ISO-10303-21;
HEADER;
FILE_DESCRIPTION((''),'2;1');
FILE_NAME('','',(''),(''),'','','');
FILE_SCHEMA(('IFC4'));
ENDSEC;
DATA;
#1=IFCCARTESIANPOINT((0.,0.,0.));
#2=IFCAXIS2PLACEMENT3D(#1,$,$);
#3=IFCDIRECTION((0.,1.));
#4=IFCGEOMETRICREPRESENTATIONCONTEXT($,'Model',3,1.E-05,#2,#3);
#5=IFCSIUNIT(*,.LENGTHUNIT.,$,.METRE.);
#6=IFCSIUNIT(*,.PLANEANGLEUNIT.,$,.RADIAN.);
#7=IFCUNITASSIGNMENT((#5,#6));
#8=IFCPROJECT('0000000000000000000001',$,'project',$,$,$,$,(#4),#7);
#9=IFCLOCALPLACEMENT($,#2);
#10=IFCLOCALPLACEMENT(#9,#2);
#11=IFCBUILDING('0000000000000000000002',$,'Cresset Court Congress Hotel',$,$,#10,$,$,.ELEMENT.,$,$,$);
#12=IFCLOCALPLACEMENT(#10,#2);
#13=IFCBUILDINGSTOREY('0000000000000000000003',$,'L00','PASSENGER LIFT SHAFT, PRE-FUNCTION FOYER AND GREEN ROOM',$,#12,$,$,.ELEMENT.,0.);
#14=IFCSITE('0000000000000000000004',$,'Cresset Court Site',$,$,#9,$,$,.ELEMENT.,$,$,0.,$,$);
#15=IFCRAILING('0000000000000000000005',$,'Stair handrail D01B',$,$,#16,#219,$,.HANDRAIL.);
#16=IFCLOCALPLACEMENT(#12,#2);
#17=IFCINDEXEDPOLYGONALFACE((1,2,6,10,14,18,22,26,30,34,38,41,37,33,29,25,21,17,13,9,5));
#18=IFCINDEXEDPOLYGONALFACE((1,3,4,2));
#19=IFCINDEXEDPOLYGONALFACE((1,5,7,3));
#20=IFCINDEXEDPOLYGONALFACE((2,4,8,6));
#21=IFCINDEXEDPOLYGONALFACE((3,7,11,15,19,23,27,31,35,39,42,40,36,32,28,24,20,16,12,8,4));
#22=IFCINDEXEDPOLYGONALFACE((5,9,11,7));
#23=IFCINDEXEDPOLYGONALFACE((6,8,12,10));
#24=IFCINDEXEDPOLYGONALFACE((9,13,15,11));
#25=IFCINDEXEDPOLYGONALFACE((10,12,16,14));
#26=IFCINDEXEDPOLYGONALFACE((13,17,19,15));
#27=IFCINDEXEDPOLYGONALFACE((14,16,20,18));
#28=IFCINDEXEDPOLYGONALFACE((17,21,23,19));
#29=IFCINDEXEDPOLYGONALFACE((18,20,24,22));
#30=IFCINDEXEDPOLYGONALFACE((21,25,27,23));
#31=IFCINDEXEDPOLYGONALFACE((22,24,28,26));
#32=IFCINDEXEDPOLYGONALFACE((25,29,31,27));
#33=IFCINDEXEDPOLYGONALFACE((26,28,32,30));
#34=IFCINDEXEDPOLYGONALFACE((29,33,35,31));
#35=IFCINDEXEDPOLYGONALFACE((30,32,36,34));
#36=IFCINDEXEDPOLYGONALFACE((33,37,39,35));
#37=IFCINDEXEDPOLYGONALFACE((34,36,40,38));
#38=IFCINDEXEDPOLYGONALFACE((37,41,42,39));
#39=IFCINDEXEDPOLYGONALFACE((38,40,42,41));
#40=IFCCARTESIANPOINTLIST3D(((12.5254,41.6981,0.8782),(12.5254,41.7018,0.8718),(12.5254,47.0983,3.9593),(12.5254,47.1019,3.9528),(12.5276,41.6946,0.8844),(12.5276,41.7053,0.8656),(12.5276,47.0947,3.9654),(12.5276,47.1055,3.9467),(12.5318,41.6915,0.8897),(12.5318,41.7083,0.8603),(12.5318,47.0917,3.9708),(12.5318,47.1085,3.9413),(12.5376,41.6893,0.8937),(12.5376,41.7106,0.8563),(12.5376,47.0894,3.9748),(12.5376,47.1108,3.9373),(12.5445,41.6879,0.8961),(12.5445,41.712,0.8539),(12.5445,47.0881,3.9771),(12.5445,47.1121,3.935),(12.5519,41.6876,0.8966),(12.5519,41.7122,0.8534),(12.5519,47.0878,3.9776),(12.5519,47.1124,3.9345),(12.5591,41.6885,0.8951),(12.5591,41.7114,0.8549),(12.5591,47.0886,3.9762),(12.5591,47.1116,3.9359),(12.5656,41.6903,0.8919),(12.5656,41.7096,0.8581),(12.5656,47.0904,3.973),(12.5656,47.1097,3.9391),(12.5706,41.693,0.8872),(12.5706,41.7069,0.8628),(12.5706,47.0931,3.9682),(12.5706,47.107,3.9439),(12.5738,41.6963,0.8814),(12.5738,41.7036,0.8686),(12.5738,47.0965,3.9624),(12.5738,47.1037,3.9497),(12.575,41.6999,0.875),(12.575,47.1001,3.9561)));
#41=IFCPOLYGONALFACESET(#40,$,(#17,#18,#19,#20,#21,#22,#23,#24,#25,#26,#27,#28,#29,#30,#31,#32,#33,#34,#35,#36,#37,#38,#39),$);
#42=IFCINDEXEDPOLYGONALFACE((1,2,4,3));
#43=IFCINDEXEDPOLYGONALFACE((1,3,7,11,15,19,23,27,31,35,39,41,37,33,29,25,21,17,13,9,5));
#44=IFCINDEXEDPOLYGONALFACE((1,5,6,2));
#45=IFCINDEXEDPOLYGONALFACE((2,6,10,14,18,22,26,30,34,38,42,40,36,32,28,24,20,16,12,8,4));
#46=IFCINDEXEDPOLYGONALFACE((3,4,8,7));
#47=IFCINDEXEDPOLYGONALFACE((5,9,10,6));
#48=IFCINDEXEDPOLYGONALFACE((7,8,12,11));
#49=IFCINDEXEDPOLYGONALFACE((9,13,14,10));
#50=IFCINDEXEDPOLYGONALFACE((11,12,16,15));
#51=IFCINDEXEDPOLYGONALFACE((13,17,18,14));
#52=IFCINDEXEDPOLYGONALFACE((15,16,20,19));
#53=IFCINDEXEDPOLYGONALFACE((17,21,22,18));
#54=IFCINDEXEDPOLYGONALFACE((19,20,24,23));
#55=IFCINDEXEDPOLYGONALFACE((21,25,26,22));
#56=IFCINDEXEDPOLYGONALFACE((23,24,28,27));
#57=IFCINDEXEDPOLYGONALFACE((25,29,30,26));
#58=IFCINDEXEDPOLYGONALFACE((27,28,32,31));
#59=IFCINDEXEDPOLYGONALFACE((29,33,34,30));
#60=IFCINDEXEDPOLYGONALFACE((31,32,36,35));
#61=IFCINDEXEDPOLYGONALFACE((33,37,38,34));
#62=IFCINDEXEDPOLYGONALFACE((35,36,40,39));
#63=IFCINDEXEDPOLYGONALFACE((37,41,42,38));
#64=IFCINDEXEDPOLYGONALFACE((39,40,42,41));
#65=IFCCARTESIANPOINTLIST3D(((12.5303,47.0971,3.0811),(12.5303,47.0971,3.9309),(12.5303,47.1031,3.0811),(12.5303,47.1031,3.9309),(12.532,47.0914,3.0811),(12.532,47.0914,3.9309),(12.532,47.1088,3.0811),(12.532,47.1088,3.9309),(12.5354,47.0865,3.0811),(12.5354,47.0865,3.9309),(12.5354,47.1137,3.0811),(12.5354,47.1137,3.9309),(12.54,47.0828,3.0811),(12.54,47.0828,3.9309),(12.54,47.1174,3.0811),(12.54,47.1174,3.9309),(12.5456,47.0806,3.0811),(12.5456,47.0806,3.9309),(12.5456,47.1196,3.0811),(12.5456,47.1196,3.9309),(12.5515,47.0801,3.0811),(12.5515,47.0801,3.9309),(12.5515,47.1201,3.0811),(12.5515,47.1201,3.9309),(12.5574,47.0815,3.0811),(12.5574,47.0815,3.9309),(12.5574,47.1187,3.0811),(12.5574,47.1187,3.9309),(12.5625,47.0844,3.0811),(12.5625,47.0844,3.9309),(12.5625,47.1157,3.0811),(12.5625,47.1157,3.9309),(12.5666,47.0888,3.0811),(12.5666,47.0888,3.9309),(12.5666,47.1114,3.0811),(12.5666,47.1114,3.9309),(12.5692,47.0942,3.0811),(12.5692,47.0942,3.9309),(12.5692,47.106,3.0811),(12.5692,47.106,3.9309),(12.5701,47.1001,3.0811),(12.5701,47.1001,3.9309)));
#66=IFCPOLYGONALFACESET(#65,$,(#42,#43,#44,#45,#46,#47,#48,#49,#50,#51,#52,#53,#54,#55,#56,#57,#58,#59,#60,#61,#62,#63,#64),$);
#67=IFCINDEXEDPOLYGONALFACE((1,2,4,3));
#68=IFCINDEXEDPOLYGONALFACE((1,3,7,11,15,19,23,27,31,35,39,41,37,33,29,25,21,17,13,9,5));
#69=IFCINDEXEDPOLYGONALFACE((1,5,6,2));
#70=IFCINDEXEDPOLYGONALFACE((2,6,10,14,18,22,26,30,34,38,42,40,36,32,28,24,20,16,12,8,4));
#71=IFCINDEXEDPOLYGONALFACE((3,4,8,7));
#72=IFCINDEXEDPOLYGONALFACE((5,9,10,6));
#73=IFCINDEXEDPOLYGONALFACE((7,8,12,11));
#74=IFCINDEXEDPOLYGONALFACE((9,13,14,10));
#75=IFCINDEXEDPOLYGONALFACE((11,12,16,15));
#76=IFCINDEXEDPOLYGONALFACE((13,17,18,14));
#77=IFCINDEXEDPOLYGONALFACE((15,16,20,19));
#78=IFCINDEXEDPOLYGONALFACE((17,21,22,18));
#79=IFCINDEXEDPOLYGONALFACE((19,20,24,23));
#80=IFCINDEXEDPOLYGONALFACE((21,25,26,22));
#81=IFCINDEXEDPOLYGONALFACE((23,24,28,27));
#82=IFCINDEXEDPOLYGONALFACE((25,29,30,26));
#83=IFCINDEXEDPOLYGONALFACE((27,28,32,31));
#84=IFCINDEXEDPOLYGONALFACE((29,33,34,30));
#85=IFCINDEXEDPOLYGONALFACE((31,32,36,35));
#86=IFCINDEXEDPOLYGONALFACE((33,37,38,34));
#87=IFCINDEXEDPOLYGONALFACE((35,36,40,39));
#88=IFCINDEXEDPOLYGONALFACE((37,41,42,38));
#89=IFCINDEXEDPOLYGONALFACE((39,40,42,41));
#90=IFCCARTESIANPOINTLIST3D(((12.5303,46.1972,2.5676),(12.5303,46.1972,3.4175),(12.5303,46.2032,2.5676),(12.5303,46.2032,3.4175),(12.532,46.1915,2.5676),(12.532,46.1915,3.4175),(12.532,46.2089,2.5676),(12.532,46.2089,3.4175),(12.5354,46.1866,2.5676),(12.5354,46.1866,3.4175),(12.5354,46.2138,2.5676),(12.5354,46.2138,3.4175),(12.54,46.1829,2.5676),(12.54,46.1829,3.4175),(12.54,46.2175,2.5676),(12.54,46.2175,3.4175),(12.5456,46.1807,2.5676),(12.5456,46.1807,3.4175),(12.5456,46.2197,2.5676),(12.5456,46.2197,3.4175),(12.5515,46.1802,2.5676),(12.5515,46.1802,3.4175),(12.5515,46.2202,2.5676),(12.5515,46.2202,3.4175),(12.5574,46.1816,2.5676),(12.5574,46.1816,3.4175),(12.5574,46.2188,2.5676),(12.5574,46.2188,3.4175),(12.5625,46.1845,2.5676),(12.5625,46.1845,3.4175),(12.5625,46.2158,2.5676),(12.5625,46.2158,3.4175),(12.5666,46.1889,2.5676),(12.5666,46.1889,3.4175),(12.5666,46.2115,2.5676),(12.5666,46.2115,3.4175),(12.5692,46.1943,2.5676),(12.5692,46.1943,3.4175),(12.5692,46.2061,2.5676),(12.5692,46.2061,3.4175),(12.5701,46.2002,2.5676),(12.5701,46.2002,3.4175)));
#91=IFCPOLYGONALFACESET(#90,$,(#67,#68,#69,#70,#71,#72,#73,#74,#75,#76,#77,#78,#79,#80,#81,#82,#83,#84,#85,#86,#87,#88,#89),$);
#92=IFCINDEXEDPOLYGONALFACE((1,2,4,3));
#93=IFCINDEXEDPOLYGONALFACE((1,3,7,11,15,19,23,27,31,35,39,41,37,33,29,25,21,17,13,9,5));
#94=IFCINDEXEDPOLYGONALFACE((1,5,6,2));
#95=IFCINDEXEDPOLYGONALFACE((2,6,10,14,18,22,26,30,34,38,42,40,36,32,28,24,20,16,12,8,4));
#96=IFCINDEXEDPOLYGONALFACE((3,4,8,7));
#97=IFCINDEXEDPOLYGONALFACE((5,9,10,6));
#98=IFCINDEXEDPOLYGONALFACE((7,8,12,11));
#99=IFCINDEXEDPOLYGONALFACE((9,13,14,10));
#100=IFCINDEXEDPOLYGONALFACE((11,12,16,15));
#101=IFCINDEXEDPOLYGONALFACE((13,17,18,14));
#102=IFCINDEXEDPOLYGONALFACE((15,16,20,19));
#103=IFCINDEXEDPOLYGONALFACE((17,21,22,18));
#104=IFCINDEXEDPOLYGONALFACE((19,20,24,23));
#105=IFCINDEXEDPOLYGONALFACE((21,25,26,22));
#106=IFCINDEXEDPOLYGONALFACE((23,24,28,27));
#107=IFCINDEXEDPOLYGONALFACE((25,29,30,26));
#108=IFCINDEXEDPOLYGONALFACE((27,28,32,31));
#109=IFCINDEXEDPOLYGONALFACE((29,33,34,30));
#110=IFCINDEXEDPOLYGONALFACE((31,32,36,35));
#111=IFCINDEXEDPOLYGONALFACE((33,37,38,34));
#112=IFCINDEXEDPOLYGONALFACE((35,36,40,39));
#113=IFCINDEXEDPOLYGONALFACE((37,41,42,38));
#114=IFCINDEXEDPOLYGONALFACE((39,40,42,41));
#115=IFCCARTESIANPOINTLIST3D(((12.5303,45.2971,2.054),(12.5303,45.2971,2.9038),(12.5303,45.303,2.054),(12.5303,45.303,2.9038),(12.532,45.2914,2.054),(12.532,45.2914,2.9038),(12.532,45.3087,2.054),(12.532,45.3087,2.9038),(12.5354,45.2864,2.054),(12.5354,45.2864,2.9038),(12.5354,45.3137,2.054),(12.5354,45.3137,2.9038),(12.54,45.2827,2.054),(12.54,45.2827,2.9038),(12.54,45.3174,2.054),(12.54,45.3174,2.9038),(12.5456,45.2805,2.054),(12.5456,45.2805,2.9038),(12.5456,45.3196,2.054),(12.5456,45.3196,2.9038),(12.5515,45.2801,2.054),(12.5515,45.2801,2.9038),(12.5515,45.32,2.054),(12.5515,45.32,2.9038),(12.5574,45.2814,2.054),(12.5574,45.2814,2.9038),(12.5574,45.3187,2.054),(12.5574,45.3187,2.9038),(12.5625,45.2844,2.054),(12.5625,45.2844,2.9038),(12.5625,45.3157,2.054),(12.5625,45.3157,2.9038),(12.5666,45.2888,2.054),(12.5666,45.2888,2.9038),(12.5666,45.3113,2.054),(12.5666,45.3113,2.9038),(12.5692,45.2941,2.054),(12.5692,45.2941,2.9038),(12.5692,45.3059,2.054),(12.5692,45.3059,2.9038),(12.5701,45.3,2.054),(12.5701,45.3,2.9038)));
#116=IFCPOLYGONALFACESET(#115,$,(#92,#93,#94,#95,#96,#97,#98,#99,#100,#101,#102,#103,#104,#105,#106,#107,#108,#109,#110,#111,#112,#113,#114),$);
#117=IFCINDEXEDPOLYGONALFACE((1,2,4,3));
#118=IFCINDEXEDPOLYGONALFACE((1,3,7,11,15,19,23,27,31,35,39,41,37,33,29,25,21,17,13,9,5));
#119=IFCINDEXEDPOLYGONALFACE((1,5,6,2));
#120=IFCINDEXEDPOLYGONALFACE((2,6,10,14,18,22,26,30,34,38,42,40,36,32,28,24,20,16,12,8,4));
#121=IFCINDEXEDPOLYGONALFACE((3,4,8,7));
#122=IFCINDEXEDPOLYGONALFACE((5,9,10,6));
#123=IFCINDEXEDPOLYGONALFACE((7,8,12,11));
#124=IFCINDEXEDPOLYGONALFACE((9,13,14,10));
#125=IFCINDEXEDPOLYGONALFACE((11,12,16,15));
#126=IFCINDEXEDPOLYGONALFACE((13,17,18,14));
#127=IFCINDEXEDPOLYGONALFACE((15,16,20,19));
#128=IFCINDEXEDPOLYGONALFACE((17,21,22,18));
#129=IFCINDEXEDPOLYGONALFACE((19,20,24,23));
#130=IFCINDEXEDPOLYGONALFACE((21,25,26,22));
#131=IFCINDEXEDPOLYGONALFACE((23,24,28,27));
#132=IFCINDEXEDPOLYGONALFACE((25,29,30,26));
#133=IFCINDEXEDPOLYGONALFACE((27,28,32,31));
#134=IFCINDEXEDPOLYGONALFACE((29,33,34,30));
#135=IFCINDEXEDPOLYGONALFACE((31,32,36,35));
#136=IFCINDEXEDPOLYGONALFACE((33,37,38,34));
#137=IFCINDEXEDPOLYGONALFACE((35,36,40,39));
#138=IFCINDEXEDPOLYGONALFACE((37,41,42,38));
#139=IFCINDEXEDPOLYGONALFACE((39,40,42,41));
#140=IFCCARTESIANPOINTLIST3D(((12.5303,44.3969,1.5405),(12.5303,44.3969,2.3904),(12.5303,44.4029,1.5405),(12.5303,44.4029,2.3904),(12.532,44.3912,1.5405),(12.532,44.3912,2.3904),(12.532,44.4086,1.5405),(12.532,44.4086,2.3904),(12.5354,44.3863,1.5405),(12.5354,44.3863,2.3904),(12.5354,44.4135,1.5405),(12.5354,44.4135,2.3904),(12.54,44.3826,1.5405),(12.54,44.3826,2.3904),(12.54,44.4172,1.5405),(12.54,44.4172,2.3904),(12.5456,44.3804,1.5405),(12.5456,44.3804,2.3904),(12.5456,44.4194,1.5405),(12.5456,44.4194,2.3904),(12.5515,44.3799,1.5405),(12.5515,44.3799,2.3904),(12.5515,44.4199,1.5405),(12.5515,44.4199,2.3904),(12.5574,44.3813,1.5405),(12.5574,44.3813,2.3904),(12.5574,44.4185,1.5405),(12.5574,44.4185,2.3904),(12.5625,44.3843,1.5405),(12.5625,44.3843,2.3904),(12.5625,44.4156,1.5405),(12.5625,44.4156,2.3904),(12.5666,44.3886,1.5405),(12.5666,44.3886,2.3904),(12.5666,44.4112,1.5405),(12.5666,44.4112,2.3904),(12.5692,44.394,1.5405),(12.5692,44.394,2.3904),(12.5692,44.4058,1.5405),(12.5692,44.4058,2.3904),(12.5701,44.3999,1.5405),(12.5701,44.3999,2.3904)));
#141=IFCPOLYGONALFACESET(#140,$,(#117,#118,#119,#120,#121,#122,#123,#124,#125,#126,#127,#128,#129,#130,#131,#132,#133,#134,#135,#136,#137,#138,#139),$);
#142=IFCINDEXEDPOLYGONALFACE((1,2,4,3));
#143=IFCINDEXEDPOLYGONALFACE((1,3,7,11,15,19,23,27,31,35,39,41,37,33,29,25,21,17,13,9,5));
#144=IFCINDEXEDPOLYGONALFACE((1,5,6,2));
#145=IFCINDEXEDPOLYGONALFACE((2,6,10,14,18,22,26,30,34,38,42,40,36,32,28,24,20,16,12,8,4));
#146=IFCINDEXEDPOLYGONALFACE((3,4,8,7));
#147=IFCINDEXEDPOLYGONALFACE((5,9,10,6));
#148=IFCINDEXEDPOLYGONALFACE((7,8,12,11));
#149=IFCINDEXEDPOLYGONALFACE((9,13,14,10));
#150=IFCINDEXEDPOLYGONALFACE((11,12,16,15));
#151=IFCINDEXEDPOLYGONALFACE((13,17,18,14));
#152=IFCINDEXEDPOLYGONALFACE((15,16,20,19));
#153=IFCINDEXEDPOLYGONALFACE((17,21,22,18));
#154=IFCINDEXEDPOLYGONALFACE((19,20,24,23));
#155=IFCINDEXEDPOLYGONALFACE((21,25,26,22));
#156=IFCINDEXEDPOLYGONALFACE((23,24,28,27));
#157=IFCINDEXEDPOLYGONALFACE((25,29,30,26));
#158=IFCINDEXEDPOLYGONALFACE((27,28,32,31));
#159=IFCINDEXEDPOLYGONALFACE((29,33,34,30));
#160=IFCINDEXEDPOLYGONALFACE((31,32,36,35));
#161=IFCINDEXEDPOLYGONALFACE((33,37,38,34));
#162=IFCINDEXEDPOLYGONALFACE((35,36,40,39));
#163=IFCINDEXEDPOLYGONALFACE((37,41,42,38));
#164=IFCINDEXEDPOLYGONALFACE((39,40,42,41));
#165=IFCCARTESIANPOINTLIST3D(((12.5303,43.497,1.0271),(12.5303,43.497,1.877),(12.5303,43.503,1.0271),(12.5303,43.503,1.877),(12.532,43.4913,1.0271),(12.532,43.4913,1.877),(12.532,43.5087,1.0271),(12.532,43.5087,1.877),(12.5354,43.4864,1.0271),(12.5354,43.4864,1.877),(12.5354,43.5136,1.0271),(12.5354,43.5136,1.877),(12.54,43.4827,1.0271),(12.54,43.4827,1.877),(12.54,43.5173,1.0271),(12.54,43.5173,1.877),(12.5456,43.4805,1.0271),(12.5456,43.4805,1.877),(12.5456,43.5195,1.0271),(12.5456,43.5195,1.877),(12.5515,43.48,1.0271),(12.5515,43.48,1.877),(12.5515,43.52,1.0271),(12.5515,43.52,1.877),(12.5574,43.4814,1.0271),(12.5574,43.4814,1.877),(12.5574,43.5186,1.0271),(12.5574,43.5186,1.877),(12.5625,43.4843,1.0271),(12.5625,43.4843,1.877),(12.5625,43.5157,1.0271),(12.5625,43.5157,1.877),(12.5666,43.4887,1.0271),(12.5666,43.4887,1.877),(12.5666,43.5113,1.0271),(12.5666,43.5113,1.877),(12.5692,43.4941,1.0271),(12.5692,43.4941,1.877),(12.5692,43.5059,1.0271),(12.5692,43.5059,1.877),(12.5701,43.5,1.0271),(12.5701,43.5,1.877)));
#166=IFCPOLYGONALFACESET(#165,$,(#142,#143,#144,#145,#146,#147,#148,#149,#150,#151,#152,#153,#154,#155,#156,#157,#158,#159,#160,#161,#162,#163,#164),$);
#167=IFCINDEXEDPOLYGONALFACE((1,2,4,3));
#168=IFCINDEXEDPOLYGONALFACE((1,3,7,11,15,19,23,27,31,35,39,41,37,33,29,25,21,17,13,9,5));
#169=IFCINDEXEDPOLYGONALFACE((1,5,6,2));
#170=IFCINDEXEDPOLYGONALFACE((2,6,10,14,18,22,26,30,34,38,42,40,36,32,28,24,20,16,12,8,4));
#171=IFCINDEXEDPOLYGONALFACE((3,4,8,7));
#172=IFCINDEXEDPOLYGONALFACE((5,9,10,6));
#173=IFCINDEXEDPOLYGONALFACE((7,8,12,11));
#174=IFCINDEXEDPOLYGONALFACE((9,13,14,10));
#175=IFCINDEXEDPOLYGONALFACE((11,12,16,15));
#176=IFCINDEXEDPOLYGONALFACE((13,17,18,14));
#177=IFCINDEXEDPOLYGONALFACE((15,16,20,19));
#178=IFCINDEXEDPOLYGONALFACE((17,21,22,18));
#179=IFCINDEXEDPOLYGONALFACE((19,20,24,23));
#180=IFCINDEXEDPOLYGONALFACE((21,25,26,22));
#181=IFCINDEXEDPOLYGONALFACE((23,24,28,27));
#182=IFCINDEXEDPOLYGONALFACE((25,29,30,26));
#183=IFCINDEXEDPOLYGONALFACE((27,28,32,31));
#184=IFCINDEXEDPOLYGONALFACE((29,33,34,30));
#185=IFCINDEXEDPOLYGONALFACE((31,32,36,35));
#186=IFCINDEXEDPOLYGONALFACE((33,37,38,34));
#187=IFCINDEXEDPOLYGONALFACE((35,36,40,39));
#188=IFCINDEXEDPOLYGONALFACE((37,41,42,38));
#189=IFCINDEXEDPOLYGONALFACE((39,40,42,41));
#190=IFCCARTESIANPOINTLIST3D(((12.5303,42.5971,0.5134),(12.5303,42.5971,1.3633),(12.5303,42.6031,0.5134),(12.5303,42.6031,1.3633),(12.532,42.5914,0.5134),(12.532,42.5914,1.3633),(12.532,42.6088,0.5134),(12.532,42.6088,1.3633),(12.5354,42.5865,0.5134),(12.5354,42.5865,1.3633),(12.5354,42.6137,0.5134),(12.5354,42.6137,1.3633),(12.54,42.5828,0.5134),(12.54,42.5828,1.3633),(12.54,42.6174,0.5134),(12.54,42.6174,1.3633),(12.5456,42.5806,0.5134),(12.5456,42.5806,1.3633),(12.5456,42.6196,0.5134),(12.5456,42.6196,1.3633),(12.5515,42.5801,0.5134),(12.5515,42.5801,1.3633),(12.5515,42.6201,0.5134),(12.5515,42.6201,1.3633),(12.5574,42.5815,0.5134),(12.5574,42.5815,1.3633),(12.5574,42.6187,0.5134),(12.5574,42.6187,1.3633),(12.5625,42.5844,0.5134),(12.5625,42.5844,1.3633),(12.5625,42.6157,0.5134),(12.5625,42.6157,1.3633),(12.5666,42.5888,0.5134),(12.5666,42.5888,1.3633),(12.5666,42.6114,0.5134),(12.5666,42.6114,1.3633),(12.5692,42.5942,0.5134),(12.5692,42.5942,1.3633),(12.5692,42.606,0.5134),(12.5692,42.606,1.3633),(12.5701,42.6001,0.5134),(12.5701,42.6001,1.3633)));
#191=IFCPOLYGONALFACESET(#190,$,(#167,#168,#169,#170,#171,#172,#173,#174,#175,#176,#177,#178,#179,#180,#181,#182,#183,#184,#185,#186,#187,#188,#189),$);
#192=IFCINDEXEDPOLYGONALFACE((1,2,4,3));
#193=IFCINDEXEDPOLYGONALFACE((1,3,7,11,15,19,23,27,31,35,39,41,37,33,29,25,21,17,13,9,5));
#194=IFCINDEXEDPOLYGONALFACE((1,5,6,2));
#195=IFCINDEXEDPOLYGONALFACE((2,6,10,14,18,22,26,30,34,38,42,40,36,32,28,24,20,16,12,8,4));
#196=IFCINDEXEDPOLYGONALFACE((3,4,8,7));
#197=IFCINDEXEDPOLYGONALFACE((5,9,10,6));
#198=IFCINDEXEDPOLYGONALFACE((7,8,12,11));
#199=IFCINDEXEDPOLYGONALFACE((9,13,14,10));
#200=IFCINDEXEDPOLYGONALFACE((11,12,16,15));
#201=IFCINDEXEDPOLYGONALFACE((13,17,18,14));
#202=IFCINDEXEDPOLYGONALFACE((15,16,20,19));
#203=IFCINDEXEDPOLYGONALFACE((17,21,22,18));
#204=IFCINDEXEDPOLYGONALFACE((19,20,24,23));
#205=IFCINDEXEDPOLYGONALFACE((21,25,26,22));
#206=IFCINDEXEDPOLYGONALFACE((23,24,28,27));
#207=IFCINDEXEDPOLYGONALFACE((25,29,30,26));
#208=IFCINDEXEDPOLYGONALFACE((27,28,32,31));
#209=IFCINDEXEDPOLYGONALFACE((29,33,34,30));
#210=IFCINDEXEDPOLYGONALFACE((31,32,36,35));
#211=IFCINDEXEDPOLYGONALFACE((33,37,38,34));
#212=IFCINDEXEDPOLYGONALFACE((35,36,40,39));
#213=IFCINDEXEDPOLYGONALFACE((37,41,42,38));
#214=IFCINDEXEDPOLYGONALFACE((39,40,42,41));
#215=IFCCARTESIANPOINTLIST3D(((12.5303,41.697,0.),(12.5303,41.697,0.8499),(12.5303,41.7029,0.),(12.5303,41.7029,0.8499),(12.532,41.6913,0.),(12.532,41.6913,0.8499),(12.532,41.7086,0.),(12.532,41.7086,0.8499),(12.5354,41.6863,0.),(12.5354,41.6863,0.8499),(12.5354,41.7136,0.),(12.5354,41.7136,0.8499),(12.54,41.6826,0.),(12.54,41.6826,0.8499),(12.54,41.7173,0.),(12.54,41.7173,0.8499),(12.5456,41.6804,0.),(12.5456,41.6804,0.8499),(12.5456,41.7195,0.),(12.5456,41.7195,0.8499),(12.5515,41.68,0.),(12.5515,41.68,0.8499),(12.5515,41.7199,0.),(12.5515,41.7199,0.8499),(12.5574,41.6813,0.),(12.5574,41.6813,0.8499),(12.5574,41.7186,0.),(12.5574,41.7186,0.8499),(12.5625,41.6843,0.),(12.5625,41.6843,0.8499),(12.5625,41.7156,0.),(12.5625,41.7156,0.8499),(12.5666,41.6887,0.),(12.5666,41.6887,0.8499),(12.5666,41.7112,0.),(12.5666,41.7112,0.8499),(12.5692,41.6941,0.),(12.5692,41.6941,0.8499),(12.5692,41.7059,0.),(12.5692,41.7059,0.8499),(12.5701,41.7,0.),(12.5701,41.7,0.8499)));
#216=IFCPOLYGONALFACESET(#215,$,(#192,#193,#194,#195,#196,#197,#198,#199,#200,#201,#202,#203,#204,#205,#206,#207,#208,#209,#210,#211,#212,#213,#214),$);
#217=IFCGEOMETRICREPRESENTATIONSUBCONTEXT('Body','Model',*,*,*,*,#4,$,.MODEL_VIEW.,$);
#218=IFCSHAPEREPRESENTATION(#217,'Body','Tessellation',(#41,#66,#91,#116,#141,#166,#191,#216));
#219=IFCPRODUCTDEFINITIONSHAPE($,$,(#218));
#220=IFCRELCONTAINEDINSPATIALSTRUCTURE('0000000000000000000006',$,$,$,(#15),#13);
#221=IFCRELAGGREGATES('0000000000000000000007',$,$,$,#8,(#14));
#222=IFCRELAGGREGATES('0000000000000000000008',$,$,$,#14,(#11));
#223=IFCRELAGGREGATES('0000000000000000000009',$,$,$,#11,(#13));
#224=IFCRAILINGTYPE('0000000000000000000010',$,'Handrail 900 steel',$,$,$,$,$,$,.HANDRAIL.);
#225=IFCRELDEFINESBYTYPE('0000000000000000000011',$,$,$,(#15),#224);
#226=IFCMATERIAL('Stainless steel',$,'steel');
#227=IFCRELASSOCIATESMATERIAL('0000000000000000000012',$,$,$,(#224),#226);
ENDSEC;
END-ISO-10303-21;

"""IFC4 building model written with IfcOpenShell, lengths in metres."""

from ifc_helpers import new_model, si_unit, direction, frame, origin, origin_2d, place, context, subcontext, project, spatial, circle, extrude, material, type_object, element, save


model = new_model("IFC4")

# Units and contexts
model_context = context("Model", 3, precision=1e-05, world=origin(), true_north=direction((0.0, 1.0)))
body_context = subcontext(model_context, "Body", "Model", "MODEL_VIEW")
ifc_project = project(units=[si_unit("LENGTHUNIT", "METRE"), si_unit("PLANEANGLEUNIT", "RADIAN")], contexts=[model_context])

# Site, building, storey
site_placement = place(None, origin())
site = spatial("IfcSite", under=ifc_project, at=site_placement, Name="Cresset Court Site", CompositionType="ELEMENT", RefElevation=0.0)
building_placement = place(site_placement, origin())
building = spatial("IfcBuilding", under=site, at=building_placement, Name="Cresset Court Congress Hotel", CompositionType="ELEMENT")
storey_placement = place(building_placement, origin())
storey = spatial("IfcBuildingStorey", under=building, at=storey_placement, Name="L00", Description="PASSENGER LIFT SHAFT, PRE-FUNCTION FOYER AND GREEN ROOM", CompositionType="ELEMENT", Elevation=0.0)

# Railing
ifc_material_1 = material(Name="Stainless steel", Category="steel")
railing_type_1 = type_object("IfcRailingType", Name="Handrail 900 steel", PredefinedType="HANDRAIL", material=ifc_material_1)
railing_1_placement = place(storey_placement, frame((12.55, 47.1001, 3.0811)))
element("IfcRailing", 1, at=railing_1_placement, inside=storey, type_object=railing_type_1, Name="Stair handrail D01B", PredefinedType="HANDRAIL", context=body_context, shape_type="SweptSolid", body=[
    extrude(circle(Radius=0.0249, at=origin_2d()), frame((0.0, 0.0, 0.875), z_axis=(0.0, -0.868572, -0.495564), x_axis=(1.0, 0.0, 0.0)), (0.0, 0.0, 1.0), 6.2173),
    extrude(circle(Radius=0.02, at=origin_2d()), origin(), (0.0, 0.0, 1.0), 0.8499),
    extrude(circle(Radius=0.02, at=origin_2d()), frame((0.0, -0.8999, -0.5134)), (0.0, 0.0, 1.0), 0.8499),
    extrude(circle(Radius=0.02, at=origin_2d()), frame((0.0, -1.8, -1.0271)), (0.0, 0.0, 1.0), 0.8499),
    extrude(circle(Radius=0.02, at=origin_2d()), frame((0.0, -2.7002, -1.5405)), (0.0, 0.0, 1.0), 0.8499),
    extrude(circle(Radius=0.02, at=origin_2d()), frame((0.0, -3.6001, -2.054)), (0.0, 0.0, 1.0), 0.8499),
    extrude(circle(Radius=0.02, at=origin_2d()), frame((0.0, -4.5, -2.5676)), (0.0, 0.0, 1.0), 0.8499),
    extrude(circle(Radius=0.02, at=origin_2d()), frame((0.0, -5.4001, -3.0811)), (0.0, 0.0, 1.0), 0.8499),
])

save(model, "model.ifc")
